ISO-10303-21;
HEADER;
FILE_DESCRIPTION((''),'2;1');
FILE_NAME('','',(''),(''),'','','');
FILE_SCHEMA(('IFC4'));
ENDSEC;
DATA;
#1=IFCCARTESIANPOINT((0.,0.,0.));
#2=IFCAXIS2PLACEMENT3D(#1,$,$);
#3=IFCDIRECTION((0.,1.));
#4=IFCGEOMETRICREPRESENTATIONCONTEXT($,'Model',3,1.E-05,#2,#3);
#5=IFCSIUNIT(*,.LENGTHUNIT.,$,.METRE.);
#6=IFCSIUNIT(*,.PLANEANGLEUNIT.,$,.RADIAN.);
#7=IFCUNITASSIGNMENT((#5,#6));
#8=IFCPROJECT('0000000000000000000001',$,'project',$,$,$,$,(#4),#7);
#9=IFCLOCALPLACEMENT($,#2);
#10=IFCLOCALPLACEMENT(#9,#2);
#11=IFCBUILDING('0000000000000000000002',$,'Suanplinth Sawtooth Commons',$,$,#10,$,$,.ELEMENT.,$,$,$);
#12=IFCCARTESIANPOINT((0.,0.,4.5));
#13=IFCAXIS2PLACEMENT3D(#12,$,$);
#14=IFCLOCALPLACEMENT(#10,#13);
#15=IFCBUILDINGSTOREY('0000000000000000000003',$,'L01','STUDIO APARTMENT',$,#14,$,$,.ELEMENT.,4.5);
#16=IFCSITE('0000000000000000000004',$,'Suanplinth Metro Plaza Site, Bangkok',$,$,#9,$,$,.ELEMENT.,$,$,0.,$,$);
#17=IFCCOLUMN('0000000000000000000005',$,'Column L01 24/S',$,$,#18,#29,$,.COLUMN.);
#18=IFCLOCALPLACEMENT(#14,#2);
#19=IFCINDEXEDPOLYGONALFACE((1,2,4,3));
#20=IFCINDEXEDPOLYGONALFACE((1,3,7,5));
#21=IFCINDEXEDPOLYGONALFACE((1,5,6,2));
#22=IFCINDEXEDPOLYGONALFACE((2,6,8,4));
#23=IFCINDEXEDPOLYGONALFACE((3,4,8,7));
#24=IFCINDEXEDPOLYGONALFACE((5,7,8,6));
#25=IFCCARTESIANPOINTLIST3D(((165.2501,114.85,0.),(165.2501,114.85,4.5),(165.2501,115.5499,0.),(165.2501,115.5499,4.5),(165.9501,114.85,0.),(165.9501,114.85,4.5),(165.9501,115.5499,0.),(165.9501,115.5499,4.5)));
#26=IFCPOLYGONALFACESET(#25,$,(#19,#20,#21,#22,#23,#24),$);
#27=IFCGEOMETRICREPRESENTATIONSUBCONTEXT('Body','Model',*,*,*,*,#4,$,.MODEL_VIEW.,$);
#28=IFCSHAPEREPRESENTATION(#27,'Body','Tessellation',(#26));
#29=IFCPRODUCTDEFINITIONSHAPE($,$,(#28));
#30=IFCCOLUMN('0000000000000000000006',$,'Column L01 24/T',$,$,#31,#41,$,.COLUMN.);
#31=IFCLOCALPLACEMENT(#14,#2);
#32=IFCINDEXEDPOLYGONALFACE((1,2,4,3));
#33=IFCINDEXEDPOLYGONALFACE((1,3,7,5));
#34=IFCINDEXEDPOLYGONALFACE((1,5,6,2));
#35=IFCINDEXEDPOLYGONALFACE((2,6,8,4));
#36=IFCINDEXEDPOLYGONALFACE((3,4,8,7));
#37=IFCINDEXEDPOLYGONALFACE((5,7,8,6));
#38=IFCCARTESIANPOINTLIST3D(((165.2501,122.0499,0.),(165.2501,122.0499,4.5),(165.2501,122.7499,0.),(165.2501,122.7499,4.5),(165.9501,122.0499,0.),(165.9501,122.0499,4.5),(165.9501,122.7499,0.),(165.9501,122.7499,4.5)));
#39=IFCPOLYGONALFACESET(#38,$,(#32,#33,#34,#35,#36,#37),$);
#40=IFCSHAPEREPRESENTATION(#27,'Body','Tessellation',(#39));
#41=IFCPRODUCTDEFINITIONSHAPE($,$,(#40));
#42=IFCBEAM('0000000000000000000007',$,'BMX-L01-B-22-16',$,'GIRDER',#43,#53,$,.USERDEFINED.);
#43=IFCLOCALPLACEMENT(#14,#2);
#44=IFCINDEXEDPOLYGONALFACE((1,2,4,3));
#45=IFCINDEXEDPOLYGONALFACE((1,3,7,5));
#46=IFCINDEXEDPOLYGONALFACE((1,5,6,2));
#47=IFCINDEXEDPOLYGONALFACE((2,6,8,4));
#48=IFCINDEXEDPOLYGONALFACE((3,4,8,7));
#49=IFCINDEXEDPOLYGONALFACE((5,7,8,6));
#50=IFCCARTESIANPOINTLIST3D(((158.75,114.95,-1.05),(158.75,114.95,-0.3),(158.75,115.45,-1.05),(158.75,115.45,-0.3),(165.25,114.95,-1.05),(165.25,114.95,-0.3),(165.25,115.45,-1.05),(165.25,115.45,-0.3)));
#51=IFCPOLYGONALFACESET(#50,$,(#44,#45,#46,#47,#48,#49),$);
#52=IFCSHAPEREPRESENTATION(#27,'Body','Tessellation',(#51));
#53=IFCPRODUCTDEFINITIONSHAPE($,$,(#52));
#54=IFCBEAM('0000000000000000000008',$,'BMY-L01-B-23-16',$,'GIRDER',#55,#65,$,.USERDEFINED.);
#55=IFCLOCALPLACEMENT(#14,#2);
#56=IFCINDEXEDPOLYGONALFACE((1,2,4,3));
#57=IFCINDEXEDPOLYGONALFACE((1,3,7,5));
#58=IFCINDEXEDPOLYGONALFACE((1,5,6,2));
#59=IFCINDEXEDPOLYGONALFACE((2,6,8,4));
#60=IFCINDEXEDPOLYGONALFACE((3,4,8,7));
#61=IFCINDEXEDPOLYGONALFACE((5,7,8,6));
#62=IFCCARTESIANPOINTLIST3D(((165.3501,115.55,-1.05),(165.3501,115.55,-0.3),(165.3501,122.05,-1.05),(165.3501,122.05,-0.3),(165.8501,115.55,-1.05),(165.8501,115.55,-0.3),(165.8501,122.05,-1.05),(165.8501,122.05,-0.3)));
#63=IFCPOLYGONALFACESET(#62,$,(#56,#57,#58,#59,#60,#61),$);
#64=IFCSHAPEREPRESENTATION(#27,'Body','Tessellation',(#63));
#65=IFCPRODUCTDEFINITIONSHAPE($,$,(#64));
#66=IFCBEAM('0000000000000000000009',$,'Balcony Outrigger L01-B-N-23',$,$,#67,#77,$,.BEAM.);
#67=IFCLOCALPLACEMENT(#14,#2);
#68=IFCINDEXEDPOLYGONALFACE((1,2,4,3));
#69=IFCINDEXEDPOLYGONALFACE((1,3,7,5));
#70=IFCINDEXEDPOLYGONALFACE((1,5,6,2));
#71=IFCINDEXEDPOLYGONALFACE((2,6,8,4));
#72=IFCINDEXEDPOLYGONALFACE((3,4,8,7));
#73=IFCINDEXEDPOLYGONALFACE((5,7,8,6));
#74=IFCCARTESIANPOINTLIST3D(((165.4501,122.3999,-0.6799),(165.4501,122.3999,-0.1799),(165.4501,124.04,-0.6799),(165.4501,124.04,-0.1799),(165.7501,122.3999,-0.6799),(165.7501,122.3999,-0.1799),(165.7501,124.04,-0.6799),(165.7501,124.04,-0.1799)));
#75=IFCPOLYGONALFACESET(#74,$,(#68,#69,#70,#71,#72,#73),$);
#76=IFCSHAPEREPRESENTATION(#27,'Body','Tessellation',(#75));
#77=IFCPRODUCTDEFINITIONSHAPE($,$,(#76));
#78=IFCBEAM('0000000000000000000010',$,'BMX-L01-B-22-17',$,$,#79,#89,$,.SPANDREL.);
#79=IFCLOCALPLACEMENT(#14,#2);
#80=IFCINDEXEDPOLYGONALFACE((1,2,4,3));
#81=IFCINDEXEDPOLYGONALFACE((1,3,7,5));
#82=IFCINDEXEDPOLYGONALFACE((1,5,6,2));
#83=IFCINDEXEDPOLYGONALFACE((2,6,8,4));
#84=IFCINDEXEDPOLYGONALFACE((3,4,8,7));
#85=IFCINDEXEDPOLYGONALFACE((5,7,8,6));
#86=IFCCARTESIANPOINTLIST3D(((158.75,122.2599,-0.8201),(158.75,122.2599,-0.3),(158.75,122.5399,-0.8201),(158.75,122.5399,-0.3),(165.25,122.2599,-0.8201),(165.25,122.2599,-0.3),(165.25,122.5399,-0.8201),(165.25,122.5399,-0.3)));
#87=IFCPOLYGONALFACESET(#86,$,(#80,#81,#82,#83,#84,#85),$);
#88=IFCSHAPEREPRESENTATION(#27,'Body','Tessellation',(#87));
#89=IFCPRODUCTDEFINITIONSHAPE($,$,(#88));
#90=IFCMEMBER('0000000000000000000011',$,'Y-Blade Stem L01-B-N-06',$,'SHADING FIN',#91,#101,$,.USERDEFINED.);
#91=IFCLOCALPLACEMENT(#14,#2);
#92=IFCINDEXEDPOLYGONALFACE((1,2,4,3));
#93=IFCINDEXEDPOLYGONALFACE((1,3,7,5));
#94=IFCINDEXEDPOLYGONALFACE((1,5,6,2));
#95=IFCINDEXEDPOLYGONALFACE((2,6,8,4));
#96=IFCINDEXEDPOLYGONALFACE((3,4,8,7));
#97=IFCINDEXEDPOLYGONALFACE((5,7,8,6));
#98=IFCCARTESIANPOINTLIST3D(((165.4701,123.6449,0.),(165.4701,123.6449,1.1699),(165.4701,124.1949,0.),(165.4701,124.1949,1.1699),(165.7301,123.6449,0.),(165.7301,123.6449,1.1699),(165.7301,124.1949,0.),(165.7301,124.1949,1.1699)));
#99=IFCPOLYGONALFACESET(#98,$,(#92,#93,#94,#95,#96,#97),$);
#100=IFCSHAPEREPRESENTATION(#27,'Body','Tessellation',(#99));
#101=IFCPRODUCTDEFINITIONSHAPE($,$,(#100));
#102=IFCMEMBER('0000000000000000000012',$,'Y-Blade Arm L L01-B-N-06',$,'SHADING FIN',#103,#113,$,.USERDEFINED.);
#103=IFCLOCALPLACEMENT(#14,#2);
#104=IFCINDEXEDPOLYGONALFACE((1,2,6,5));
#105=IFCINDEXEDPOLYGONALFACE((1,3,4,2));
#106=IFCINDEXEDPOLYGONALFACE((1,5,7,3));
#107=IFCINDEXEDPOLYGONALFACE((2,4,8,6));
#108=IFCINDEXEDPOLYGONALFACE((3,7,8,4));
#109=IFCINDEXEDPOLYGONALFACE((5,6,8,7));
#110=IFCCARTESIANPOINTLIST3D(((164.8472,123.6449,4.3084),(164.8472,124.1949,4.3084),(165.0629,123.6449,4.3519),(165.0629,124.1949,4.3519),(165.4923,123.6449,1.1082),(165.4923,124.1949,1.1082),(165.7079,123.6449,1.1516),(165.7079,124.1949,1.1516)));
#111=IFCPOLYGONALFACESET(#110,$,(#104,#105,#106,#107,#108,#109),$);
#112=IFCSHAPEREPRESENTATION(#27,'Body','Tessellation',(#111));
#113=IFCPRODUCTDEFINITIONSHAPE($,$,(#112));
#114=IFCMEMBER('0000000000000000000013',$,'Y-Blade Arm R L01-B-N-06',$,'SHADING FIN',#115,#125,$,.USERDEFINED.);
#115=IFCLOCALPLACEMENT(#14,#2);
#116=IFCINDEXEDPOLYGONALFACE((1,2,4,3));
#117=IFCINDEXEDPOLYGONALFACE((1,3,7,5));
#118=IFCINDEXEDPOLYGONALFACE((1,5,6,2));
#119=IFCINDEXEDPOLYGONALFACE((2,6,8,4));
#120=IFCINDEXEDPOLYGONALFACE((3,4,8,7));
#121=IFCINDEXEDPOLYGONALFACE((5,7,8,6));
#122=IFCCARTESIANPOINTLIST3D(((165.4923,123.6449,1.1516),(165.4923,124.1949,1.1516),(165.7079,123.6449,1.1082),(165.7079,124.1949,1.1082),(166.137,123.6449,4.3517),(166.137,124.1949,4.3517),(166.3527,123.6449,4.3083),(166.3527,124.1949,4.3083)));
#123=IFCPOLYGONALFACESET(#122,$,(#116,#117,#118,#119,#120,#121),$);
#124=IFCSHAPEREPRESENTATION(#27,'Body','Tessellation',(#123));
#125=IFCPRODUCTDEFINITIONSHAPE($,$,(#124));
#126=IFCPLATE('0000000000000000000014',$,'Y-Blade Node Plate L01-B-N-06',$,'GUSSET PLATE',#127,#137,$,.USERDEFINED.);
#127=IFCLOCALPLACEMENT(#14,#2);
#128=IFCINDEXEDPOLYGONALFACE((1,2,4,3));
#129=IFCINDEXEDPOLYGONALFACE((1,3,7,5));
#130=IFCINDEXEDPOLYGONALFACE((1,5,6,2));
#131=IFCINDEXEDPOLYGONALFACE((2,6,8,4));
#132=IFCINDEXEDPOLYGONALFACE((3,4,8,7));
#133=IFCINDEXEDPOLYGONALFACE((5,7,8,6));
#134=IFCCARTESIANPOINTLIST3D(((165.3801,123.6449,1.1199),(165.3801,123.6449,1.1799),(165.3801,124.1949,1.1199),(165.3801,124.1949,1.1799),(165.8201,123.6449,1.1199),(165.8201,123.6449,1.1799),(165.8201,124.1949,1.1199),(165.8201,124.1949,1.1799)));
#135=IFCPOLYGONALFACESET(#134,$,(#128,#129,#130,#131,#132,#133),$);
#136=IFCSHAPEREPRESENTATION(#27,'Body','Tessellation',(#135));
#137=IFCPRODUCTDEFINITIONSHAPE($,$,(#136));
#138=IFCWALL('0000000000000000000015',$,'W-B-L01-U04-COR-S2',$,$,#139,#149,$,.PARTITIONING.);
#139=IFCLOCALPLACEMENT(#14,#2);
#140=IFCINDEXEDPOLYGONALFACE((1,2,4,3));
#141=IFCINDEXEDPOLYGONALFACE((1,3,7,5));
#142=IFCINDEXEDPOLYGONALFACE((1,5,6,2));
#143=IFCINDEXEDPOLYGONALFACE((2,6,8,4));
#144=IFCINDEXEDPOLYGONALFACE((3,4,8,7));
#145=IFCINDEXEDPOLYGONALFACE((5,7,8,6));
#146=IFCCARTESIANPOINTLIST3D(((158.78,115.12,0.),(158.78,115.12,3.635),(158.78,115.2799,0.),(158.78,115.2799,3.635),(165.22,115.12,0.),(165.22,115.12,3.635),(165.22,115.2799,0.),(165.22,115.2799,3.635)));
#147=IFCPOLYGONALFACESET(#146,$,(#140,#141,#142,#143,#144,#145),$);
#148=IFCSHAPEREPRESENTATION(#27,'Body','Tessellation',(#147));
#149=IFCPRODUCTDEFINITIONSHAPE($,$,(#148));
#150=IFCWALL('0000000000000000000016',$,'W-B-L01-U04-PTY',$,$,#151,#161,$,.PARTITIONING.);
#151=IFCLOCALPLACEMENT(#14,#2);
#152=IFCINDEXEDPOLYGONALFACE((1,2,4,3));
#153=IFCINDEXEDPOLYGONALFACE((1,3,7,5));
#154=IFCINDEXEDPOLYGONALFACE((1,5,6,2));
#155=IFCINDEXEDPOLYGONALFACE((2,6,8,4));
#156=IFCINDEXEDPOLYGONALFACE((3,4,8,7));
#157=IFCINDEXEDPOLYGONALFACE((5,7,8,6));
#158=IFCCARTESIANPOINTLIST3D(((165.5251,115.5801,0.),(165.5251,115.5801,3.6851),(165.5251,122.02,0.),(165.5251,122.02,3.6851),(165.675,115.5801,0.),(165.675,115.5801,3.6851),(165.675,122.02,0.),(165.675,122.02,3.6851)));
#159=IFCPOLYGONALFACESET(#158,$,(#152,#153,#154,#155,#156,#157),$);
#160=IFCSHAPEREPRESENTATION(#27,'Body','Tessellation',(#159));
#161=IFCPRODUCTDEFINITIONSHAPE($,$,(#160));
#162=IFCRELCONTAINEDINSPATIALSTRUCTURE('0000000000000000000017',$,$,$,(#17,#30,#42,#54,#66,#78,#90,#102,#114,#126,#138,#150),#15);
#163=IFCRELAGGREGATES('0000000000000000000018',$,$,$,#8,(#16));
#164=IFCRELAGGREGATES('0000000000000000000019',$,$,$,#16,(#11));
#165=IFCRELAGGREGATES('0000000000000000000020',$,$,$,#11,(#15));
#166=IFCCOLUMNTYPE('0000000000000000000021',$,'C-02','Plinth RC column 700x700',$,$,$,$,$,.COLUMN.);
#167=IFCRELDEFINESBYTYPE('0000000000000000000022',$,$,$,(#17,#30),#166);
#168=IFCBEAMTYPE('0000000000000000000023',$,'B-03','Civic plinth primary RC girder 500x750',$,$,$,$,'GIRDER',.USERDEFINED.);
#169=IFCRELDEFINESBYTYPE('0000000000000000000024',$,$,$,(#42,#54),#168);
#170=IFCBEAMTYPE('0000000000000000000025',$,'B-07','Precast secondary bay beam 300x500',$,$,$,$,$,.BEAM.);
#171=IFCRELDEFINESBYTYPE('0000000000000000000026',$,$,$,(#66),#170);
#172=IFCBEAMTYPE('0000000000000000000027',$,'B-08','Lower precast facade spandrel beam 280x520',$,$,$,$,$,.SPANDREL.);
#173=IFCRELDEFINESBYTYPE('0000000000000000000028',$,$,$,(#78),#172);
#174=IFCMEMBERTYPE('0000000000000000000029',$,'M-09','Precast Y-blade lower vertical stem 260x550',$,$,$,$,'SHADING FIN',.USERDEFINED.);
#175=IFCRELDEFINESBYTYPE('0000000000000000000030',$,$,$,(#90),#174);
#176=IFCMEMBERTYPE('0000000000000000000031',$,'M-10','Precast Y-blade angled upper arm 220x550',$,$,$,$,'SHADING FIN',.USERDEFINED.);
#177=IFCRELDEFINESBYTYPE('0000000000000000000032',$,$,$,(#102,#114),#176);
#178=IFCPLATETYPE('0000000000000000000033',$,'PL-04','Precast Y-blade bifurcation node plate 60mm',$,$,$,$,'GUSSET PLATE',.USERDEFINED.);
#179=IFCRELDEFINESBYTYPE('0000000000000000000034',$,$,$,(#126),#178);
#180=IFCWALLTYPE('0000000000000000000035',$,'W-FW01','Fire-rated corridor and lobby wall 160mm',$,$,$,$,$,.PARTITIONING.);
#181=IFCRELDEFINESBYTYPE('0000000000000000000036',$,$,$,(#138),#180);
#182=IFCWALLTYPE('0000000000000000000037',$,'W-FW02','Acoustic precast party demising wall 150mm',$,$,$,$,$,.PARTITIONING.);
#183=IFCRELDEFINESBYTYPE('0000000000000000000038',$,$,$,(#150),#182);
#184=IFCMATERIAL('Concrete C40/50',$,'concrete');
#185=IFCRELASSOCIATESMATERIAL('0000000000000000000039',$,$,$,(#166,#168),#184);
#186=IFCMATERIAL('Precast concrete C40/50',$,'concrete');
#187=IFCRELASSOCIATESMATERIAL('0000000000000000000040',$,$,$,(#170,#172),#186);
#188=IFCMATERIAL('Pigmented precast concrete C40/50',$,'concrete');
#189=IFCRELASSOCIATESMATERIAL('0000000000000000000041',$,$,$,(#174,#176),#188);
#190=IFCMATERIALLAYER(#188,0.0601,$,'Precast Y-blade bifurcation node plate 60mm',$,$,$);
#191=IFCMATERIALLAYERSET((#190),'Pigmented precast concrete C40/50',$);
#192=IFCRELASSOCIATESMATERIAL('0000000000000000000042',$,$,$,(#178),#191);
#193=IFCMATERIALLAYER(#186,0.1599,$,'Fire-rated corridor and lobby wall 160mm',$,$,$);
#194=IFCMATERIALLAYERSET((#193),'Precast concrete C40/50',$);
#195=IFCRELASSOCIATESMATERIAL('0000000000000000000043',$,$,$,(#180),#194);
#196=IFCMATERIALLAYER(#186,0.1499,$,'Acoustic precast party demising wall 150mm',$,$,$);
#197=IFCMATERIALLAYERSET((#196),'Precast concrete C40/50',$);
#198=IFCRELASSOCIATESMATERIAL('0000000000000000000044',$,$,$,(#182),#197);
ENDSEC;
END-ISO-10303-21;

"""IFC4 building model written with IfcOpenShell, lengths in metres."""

from ifc_helpers import new_model, si_unit, direction, frame, frame_2d, origin, origin_2d, place, context, subcontext, project, spatial, rectangle, extrude, material, layer, layer_set, material_profile, profile_set, type_object, element, save


model = new_model("IFC4")

# Units and contexts
model_context = context("Model", 3, precision=1e-05, world=origin(), true_north=direction((0.0, 1.0)))
body_context = subcontext(model_context, "Body", "Model", "MODEL_VIEW")
ifc_project = project(units=[si_unit("LENGTHUNIT", "METRE"), si_unit("PLANEANGLEUNIT", "RADIAN")], contexts=[model_context])

# Site, building, storey
site_placement = place(None, origin())
site = spatial("IfcSite", under=ifc_project, at=site_placement, Name="Suanplinth Metro Plaza Site, Bangkok", CompositionType="ELEMENT", RefElevation=0.0)
building_placement = place(site_placement, origin())
building = spatial("IfcBuilding", under=site, at=building_placement, Name="Suanplinth Sawtooth Commons", CompositionType="ELEMENT")
storey_placement = place(building_placement, frame((0.0, 0.0, 4.5)))
storey = spatial("IfcBuildingStorey", under=building, at=storey_placement, Name="L01", Description="STUDIO APARTMENT", CompositionType="ELEMENT", Elevation=4.5)

# Columns
ifc_material_1 = material(Name="Concrete C40/50", Category="concrete")
ifc_material_profile_1 = material_profile(ifc_material_1, rectangle(XDim=0.7, YDim=0.7, at=origin_2d()), Name="RC-COL 700x700")
ifc_profile_set_1 = profile_set([ifc_material_profile_1], Name="Concrete C40/50")
column_type = type_object("IfcColumnType", Name="C-02", Description="Plinth RC column 700x700", PredefinedType="COLUMN", material=ifc_profile_set_1)
for number, where, z_axis, x_axis, name in (
    (1, (165.6001, 115.2, 0.0), (0.0, 0.0, 1.0), (1.0, 0.0, 0.0), "Column L01 24/S"),
    (2, (165.6001, 122.3999, 0.0), (0.0, 0.0, 1.0), (1.0, 0.0, 0.0), "Column L01 24/T"),
):
    element("IfcColumn", number, at=place(storey_placement, frame(where, z_axis=z_axis, x_axis=x_axis)), inside=storey, type_object=column_type, Name=name, PredefinedType="COLUMN", context=body_context, shape_type="SweptSolid", body=[
        extrude(rectangle(XDim=0.7, YDim=0.7, at=origin_2d()), origin(), (0.0, 0.0, 1.0), 4.5),
    ])

# Beams
ifc_material_profile_2 = material_profile(ifc_material_1, rectangle(XDim=0.5, YDim=0.75, at=origin_2d()), Name="RC-GDR 500x750")
ifc_profile_set_2 = profile_set([ifc_material_profile_2], Name="Concrete C40/50")
beam_type_1 = type_object("IfcBeamType", Name="B-03", Description="Civic plinth primary RC girder 500x750", ElementType="GIRDER", PredefinedType="USERDEFINED", material=ifc_profile_set_2)
for number, where, z_axis, x_axis, name in (
    (3, (158.75, 115.2, -0.675), (1.0, 0.0, 0.0), (0.0, 1.0, 0.0), "BMX-L01-B-22-16"),
    (4, (165.6001, 115.55, -0.675), (0.0, 1.0, 0.0), (-1.0, 0.0, 0.0), "BMY-L01-B-23-16"),
):
    element("IfcBeam", number, at=place(storey_placement, frame(where, z_axis=z_axis, x_axis=x_axis)), inside=storey, type_object=beam_type_1, Name=name, ObjectType="GIRDER", PredefinedType="USERDEFINED", context=body_context, shape_type="SweptSolid", body=[
        extrude(rectangle(XDim=0.5, YDim=0.75, at=origin_2d()), origin(), (0.0, 0.0, 1.0), 6.5),
    ])
ifc_material_2 = material(Name="Precast concrete C40/50", Category="concrete")
ifc_material_profile_3 = material_profile(ifc_material_2, rectangle(XDim=0.3, YDim=0.5, at=origin_2d()), Name="PC-BM 300x500")
ifc_profile_set_3 = profile_set([ifc_material_profile_3], Name="Precast concrete C40/50")
beam_type_2 = type_object("IfcBeamType", Name="B-07", Description="Precast secondary bay beam 300x500", PredefinedType="BEAM", material=ifc_profile_set_3)
beam_1_placement = place(storey_placement, frame((165.6001, 122.3999, -0.4299), z_axis=(0.0, 1.0, 0.0), x_axis=(-1.0, 0.0, 0.0)))
element("IfcBeam", 5, at=beam_1_placement, inside=storey, type_object=beam_type_2, Name="Balcony Outrigger L01-B-N-23", PredefinedType="BEAM", context=body_context, shape_type="SweptSolid", body=[
    extrude(rectangle(XDim=0.3, YDim=0.5, at=origin_2d()), origin(), (0.0, 0.0, 1.0), 1.6401),
])
ifc_material_profile_4 = material_profile(ifc_material_2, rectangle(XDim=0.28, YDim=0.52, at=origin_2d()), Name="PC-SP 280x520")
ifc_profile_set_4 = profile_set([ifc_material_profile_4], Name="Precast concrete C40/50")
beam_type_3 = type_object("IfcBeamType", Name="B-08", Description="Lower precast facade spandrel beam 280x520", PredefinedType="SPANDREL", material=ifc_profile_set_4)
beam_2_placement = place(storey_placement, frame((158.75, 122.3999, -0.5601), z_axis=(1.0, 0.0, 0.0), x_axis=(0.0, 1.0, 0.0)))
element("IfcBeam", 6, at=beam_2_placement, inside=storey, type_object=beam_type_3, Name="BMX-L01-B-22-17", PredefinedType="SPANDREL", context=body_context, shape_type="SweptSolid", body=[
    extrude(rectangle(XDim=0.28, YDim=0.52, at=origin_2d()), origin(), (0.0, 0.0, 1.0), 6.5),
])

# Members
ifc_material_3 = material(Name="Pigmented precast concrete C40/50", Category="concrete")
ifc_material_profile_5 = material_profile(ifc_material_3, rectangle(XDim=0.26, YDim=0.55, at=origin_2d()), Name="PC-FIN 260x550")
ifc_profile_set_5 = profile_set([ifc_material_profile_5], Name="Pigmented precast concrete C40/50")
member_type_1 = type_object("IfcMemberType", Name="M-09", Description="Precast Y-blade lower vertical stem 260x550", ElementType="SHADING FIN", PredefinedType="USERDEFINED", material=ifc_profile_set_5)
member_1_placement = place(storey_placement, frame((165.6001, 123.9199, 0.0), z_axis=(0.0, 0.0, 1.0), x_axis=(1.0, 0.0, 0.0)))
element("IfcMember", 7, at=member_1_placement, inside=storey, type_object=member_type_1, Name="Y-Blade Stem L01-B-N-06", ObjectType="SHADING FIN", PredefinedType="USERDEFINED", context=body_context, shape_type="SweptSolid", body=[
    extrude(rectangle(XDim=0.26, YDim=0.55, at=origin_2d()), origin(), (0.0, 0.0, 1.0), 1.1699),
])
ifc_material_profile_6 = material_profile(ifc_material_3, rectangle(XDim=0.22, YDim=0.55, at=origin_2d()), Name="PC-FIN 220x550")
ifc_profile_set_6 = profile_set([ifc_material_profile_6], Name="Pigmented precast concrete C40/50")
member_type_2 = type_object("IfcMemberType", Name="M-10", Description="Precast Y-blade angled upper arm 220x550", ElementType="SHADING FIN", PredefinedType="USERDEFINED", material=ifc_profile_set_6)
member_2_placement = place(storey_placement, frame((165.6001, 123.9199, 1.1299), z_axis=(-0.197583, 0.0, 0.980286), x_axis=(0.980286, 0.0, 0.197583)))
element("IfcMember", 8, at=member_2_placement, inside=storey, type_object=member_type_2, Name="Y-Blade Arm L L01-B-N-06", ObjectType="SHADING FIN", PredefinedType="USERDEFINED", context=body_context, shape_type="SweptSolid", body=[
    extrude(rectangle(XDim=0.22, YDim=0.55, at=origin_2d()), origin(), (0.0, 0.0, 1.0), 3.2646),
])
member_3_placement = place(storey_placement, frame((165.6001, 123.9199, 1.1299), z_axis=(0.197511, 0.0, 0.980301), x_axis=(-0.980301, 0.0, 0.197511)))
element("IfcMember", 9, at=member_3_placement, inside=storey, type_object=member_type_2, Name="Y-Blade Arm R L01-B-N-06", ObjectType="SHADING FIN", PredefinedType="USERDEFINED", context=body_context, shape_type="SweptSolid", body=[
    extrude(rectangle(XDim=0.22, YDim=0.55, at=origin_2d()), origin(), (0.0, 0.0, 1.0), 3.2644),
])

# Plate
ifc_layer_1 = layer(ifc_material_3, 0.0601, Name="Precast Y-blade bifurcation node plate 60mm")
ifc_layer_set_1 = layer_set([ifc_layer_1], Name="Pigmented precast concrete C40/50")
plate_type = type_object("IfcPlateType", Name="PL-04", Description="Precast Y-blade bifurcation node plate 60mm", ElementType="GUSSET PLATE", PredefinedType="USERDEFINED", material=ifc_layer_set_1)
plate_placement = place(storey_placement, frame((165.6001, 123.9199, 1.1199), z_axis=(0.0, 0.0, 1.0), x_axis=(1.0, 0.0, 0.0)))
element("IfcPlate", 10, at=plate_placement, inside=storey, type_object=plate_type, Name="Y-Blade Node Plate L01-B-N-06", ObjectType="GUSSET PLATE", PredefinedType="USERDEFINED", context=body_context, shape_type="SweptSolid", body=[
    extrude(rectangle(XDim=0.4399, YDim=0.55, at=origin_2d()), origin(), (0.0, 0.0, 1.0), 0.0601),
])

# Walls
ifc_layer_2 = layer(ifc_material_2, 0.1599, Name="Fire-rated corridor and lobby wall 160mm")
ifc_layer_set_2 = layer_set([ifc_layer_2], Name="Precast concrete C40/50")
wall_type_1 = type_object("IfcWallType", Name="W-FW01", Description="Fire-rated corridor and lobby wall 160mm", PredefinedType="PARTITIONING", material=ifc_layer_set_2)
wall_1_placement = place(storey_placement, frame((158.78, 115.2, 0.0), z_axis=(0.0, 0.0, 1.0), x_axis=(1.0, 0.0, 0.0)))
element("IfcWall", 11, at=wall_1_placement, inside=storey, type_object=wall_type_1, Name="W-B-L01-U04-COR-S2", PredefinedType="PARTITIONING", context=body_context, shape_type="SweptSolid", body=[
    extrude(rectangle(XDim=6.4399, YDim=0.1599, at=frame_2d((3.22, 0.0))), origin(), (0.0, 0.0, 1.0), 3.635),
])
ifc_layer_3 = layer(ifc_material_2, 0.1499, Name="Acoustic precast party demising wall 150mm")
ifc_layer_set_3 = layer_set([ifc_layer_3], Name="Precast concrete C40/50")
wall_type_2 = type_object("IfcWallType", Name="W-FW02", Description="Acoustic precast party demising wall 150mm", PredefinedType="PARTITIONING", material=ifc_layer_set_3)
wall_2_placement = place(storey_placement, frame((165.6001, 115.5801, 0.0), z_axis=(0.0, 0.0, 1.0), x_axis=(0.0, 1.0, 0.0)))
element("IfcWall", 12, at=wall_2_placement, inside=storey, type_object=wall_type_2, Name="W-B-L01-U04-PTY", PredefinedType="PARTITIONING", context=body_context, shape_type="SweptSolid", body=[
    extrude(rectangle(XDim=6.4399, YDim=0.1499, at=frame_2d((3.22, 0.0))), origin(), (0.0, 0.0, 1.0), 3.6851),
])

save(model, "model.ifc")
